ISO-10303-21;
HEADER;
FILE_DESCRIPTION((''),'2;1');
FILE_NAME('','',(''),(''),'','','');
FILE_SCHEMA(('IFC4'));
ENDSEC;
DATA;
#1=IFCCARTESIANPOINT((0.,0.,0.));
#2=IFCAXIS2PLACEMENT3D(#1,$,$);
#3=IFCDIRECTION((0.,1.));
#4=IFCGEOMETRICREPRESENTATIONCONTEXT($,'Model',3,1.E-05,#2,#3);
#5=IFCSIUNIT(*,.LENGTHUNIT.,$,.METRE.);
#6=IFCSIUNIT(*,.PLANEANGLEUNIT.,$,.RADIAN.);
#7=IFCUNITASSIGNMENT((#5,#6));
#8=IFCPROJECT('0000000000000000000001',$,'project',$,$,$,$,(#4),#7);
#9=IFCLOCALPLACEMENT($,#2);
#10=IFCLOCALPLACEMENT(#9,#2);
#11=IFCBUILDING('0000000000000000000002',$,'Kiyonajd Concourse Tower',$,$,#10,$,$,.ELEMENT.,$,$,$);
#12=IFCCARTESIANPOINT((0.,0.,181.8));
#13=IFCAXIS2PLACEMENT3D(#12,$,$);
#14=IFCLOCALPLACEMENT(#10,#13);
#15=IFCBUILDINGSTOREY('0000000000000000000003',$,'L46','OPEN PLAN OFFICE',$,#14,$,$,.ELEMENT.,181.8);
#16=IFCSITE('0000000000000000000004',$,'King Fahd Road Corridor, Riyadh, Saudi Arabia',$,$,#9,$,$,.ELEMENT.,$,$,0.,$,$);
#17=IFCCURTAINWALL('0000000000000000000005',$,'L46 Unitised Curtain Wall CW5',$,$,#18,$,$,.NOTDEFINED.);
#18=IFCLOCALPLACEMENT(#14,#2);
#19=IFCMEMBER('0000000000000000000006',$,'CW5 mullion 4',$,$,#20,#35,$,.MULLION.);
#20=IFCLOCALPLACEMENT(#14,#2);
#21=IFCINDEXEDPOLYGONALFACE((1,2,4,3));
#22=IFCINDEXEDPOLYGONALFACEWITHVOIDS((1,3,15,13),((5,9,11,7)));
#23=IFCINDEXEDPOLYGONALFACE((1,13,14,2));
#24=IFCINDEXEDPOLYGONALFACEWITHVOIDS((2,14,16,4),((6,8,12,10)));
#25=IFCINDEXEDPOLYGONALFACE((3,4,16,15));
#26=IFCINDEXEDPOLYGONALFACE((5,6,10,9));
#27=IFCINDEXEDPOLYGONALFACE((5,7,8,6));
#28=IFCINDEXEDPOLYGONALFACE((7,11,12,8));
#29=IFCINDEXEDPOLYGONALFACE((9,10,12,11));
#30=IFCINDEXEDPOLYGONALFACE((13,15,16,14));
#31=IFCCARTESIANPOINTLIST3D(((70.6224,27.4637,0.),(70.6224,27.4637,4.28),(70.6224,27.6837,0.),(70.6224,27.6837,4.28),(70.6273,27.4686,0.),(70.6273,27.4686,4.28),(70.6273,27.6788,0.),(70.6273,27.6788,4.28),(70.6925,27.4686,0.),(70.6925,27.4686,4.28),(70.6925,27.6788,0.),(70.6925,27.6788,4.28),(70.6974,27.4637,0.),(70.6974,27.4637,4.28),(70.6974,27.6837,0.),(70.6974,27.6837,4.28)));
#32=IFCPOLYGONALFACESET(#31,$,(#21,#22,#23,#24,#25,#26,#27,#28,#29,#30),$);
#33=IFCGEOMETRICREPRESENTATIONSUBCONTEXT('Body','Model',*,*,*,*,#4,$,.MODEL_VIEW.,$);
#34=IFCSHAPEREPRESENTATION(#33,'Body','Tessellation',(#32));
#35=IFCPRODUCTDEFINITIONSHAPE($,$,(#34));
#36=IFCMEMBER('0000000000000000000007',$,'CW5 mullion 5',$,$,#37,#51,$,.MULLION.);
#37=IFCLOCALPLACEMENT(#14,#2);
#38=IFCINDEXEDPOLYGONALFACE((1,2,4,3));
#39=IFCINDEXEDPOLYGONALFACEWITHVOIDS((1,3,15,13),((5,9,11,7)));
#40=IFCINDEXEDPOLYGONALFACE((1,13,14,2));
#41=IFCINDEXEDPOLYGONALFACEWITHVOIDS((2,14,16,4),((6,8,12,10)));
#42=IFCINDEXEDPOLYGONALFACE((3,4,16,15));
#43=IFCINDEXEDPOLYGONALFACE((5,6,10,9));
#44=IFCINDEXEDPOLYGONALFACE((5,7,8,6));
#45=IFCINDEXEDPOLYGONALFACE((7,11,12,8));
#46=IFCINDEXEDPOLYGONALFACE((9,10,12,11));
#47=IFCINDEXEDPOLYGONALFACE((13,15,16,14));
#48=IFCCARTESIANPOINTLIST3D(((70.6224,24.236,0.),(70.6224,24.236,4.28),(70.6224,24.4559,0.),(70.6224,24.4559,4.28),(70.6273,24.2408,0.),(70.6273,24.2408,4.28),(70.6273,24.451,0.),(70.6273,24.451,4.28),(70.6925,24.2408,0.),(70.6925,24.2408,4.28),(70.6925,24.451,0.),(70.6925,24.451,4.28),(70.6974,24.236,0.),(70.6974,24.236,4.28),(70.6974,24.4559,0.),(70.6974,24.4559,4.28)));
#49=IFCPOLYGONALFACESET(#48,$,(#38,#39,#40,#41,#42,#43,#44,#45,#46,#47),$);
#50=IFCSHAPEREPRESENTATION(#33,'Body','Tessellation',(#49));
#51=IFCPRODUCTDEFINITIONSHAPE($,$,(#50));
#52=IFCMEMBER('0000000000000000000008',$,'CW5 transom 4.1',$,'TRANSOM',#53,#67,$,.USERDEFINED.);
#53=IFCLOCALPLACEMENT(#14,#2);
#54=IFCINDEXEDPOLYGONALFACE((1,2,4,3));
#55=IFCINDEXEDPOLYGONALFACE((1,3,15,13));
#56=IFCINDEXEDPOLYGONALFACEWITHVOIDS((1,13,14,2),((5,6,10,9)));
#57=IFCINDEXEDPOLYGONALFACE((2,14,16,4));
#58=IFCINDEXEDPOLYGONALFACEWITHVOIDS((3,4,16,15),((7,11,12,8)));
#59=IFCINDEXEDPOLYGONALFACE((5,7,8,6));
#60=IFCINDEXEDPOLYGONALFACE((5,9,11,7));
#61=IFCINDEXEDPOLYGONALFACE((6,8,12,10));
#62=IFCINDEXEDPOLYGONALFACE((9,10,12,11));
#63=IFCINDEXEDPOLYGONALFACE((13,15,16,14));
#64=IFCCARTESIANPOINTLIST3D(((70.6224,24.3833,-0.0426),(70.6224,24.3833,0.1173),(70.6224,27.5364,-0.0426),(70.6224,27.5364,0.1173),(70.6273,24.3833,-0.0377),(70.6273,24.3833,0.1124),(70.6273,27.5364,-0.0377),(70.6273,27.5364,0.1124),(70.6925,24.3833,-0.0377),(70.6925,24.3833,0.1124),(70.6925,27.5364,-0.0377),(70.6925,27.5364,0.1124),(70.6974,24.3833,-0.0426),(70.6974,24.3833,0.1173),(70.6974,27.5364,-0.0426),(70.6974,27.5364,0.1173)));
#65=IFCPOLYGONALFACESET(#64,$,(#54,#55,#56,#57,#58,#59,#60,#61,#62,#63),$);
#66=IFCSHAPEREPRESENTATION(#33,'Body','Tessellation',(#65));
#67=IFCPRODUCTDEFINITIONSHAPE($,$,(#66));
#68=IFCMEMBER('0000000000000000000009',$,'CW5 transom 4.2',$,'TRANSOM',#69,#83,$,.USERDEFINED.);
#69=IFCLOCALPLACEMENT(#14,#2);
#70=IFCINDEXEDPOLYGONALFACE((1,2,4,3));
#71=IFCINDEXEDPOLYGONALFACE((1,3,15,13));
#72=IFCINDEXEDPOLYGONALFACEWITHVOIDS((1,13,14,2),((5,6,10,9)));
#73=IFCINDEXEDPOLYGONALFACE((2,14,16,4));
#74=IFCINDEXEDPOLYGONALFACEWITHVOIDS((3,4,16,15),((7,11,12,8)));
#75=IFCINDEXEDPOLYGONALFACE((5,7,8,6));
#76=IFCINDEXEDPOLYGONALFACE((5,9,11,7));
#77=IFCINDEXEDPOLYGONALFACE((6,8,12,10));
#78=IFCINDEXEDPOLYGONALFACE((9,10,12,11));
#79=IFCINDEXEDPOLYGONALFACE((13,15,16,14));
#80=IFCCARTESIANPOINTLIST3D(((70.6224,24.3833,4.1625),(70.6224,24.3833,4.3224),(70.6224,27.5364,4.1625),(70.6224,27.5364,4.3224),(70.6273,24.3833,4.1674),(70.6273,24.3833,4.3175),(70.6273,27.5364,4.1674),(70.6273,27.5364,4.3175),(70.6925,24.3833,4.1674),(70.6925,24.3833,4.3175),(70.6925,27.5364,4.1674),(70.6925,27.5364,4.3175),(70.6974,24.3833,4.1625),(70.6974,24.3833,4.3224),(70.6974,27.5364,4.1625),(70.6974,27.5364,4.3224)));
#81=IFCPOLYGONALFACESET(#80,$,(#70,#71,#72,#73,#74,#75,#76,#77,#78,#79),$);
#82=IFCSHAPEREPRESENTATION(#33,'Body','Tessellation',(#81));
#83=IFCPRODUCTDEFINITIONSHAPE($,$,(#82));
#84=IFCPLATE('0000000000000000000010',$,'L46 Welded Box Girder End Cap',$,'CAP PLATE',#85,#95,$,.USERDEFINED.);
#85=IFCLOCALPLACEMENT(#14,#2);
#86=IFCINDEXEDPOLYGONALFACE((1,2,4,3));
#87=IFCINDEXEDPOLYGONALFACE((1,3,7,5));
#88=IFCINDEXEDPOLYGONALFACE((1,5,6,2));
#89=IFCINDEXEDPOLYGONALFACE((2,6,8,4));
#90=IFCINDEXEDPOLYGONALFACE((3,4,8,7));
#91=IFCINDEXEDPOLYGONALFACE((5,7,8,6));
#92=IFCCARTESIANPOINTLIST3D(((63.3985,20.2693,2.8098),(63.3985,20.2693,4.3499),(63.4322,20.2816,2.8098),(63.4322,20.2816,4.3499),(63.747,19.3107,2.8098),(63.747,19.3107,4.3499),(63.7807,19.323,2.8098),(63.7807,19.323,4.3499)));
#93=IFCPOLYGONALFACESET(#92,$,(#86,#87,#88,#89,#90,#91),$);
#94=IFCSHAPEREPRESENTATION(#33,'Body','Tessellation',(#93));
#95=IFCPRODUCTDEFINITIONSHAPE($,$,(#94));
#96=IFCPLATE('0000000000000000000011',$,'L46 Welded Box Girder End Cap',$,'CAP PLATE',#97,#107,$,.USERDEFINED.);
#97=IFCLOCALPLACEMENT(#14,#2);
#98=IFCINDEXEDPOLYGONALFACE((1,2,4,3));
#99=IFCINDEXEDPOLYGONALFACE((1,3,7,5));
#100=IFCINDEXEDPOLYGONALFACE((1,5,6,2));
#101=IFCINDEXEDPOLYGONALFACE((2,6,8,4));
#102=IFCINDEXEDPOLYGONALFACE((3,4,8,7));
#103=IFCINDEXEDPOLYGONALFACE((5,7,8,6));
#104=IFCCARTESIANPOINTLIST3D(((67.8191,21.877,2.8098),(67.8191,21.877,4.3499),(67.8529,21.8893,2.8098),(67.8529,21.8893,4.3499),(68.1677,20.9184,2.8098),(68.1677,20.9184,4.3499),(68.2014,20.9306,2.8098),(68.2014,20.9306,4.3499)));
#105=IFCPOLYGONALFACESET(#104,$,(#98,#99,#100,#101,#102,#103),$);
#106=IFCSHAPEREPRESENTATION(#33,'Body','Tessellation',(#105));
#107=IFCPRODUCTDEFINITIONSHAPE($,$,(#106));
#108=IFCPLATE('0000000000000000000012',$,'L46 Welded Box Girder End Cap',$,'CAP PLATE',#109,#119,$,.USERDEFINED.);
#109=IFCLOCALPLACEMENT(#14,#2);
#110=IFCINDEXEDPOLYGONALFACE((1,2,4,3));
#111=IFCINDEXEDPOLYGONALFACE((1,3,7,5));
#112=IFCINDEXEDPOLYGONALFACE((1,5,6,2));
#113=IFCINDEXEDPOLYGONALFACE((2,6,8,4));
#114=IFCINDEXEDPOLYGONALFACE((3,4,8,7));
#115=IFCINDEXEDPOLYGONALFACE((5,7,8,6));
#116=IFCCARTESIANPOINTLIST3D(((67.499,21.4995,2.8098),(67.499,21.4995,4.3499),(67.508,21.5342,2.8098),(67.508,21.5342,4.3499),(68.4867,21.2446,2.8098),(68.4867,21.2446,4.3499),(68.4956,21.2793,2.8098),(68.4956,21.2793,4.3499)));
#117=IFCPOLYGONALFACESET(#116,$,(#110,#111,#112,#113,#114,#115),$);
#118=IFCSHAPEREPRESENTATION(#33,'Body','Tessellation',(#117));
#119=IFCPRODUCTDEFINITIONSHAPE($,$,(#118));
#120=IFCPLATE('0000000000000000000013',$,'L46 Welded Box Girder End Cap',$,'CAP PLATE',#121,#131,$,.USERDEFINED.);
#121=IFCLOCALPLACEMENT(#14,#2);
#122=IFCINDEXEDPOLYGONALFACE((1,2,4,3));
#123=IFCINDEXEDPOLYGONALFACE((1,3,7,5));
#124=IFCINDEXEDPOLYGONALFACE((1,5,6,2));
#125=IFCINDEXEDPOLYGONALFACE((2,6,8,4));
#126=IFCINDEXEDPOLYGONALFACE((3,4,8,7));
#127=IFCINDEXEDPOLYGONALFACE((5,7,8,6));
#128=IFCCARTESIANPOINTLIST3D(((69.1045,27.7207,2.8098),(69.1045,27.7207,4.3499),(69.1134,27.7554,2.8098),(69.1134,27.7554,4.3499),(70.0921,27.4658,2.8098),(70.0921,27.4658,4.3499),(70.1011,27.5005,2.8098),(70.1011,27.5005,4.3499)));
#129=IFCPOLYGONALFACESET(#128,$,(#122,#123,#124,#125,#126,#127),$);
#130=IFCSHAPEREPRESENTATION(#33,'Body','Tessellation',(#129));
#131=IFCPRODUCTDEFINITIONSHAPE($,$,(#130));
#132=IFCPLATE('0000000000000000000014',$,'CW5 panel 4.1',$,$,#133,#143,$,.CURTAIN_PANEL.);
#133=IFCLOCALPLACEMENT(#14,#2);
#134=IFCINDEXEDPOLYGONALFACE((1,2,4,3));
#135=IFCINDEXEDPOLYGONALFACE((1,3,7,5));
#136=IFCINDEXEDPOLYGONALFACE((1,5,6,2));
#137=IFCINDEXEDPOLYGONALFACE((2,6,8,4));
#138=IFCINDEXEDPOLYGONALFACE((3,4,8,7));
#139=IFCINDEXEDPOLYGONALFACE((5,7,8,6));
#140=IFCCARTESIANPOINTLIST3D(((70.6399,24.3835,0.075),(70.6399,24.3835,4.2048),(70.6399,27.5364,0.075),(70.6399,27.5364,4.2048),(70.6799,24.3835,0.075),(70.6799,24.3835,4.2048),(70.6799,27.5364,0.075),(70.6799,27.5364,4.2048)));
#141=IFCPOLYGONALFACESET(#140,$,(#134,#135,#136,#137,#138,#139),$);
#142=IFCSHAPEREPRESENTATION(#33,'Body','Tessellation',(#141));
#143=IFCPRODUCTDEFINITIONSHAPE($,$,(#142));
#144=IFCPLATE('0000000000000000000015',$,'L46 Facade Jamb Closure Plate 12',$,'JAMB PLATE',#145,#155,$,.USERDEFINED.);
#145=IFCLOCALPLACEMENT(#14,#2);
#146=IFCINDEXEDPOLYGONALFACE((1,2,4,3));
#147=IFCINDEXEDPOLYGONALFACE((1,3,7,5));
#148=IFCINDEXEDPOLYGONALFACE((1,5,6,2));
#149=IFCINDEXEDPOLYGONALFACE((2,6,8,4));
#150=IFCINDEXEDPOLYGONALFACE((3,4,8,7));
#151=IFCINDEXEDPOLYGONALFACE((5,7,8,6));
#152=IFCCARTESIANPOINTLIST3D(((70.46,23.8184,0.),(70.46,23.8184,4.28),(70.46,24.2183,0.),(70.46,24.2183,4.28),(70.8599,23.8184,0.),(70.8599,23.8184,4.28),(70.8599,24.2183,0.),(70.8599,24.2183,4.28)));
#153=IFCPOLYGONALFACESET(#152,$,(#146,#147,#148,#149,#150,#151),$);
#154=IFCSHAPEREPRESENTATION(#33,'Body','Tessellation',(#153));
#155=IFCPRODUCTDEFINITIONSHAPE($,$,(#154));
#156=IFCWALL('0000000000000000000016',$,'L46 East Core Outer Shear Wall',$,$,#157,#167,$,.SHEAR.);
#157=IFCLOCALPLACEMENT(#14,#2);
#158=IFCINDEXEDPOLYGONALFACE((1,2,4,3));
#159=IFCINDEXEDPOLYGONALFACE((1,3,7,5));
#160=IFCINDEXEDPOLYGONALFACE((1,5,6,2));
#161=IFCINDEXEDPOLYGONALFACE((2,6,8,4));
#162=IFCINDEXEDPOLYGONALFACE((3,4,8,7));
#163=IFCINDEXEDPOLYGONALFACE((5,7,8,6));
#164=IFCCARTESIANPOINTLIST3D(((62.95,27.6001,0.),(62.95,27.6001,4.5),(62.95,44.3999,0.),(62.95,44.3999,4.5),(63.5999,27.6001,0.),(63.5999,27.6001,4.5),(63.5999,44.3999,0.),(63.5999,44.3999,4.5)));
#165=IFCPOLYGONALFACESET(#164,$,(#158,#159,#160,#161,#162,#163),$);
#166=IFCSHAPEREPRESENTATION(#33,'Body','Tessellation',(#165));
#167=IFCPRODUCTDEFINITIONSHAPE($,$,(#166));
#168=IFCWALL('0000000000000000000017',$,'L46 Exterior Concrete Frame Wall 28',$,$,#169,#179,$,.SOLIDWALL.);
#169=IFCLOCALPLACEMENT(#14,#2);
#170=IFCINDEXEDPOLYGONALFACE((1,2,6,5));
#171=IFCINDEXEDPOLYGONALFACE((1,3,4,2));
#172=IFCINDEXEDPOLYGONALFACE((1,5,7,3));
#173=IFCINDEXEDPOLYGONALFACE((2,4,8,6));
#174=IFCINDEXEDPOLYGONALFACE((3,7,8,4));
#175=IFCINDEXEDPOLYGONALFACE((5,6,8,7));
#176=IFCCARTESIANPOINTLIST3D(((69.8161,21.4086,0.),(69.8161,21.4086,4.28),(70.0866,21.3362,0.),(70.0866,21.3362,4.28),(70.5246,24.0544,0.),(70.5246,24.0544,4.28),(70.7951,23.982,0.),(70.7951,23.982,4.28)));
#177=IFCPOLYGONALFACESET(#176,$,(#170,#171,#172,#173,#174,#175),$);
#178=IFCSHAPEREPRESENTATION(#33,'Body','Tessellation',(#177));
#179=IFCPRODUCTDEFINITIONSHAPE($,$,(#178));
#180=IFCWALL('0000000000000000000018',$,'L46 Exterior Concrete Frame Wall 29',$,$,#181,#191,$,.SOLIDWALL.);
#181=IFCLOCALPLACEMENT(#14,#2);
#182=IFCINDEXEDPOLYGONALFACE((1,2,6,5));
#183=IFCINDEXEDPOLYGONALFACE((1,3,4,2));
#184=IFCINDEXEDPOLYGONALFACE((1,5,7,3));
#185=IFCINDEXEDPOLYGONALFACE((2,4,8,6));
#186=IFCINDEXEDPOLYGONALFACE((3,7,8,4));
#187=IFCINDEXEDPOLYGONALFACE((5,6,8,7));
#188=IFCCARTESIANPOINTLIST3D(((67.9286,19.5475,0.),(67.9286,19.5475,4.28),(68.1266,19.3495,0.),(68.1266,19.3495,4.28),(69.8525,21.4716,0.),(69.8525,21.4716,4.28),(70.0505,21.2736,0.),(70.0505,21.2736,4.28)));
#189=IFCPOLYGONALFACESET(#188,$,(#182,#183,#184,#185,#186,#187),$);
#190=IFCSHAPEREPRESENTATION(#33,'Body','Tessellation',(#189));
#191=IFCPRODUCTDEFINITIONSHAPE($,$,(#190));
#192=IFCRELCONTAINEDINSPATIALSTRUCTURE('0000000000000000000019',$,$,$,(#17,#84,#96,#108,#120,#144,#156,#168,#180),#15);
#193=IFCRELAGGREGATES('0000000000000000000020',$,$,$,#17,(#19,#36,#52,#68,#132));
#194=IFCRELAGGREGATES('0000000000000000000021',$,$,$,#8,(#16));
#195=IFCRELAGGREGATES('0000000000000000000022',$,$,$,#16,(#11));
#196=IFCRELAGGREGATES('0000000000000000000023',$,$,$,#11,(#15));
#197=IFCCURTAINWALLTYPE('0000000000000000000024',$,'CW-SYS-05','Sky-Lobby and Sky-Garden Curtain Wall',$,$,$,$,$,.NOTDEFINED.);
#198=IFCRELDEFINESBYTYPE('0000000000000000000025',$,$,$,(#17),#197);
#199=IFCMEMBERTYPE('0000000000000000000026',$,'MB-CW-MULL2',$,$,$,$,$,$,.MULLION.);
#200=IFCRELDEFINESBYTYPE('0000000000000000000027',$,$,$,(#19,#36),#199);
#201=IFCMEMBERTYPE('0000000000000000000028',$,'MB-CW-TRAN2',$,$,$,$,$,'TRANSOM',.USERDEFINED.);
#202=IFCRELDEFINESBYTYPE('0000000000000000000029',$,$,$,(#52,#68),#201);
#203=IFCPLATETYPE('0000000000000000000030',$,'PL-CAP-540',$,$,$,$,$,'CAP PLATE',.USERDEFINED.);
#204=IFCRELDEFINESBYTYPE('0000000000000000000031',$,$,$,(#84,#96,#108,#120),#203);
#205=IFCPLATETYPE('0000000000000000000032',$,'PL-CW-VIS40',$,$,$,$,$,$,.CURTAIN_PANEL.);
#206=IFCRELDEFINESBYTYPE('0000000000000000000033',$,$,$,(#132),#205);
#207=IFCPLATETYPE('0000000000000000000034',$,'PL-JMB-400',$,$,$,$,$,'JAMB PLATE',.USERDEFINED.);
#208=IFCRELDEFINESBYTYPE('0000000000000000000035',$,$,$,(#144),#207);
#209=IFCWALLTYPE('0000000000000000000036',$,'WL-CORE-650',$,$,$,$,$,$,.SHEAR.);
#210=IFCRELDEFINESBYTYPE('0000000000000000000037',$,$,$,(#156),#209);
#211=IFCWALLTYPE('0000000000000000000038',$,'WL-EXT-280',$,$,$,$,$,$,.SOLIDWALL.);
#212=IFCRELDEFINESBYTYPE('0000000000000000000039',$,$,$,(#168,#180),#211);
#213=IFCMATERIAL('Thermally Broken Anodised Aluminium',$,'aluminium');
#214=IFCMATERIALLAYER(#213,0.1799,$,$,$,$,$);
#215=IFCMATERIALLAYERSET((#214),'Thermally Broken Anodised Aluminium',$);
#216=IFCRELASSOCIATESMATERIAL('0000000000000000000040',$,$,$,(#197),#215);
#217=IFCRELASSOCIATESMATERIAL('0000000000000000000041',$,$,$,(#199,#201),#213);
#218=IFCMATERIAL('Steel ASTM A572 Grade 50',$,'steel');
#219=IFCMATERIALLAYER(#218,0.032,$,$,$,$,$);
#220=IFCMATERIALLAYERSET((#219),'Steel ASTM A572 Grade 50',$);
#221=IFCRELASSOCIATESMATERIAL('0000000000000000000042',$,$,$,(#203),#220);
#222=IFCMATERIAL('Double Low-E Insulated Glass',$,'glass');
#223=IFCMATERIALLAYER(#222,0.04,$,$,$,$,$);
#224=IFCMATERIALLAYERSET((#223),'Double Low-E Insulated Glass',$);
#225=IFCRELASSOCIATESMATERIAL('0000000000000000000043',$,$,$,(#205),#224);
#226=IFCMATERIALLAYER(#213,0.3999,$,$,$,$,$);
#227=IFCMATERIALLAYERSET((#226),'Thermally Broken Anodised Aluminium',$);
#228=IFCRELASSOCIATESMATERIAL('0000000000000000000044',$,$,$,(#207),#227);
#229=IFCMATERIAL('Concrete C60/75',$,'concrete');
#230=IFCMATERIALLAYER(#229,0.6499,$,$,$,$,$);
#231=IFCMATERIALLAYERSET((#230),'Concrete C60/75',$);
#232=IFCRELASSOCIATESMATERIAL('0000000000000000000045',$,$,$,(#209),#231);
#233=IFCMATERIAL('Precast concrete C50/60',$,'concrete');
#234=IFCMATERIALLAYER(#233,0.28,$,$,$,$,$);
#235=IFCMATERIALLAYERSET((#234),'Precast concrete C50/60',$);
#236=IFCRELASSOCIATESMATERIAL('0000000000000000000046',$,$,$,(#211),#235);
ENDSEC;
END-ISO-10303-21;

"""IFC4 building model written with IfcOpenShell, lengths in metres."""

from ifc_helpers import new_model, si_unit, direction, frame, frame_2d, origin, origin_2d, place, context, subcontext, project, spatial, rectangle, hollow_rectangle, extrude, material, layer, layer_set, material_profile, profile_set, type_object, element, aggregate, save


model = new_model("IFC4")

# Units and contexts
model_context = context("Model", 3, precision=1e-05, world=origin(), true_north=direction((0.0, 1.0)))
body_context = subcontext(model_context, "Body", "Model", "MODEL_VIEW")
ifc_project = project(units=[si_unit("LENGTHUNIT", "METRE"), si_unit("PLANEANGLEUNIT", "RADIAN")], contexts=[model_context])

# Site, building, storey
site_placement = place(None, origin())
site = spatial("IfcSite", under=ifc_project, at=site_placement, Name="King Fahd Road Corridor, Riyadh, Saudi Arabia", CompositionType="ELEMENT", RefElevation=0.0)
building_placement = place(site_placement, origin())
building = spatial("IfcBuilding", under=site, at=building_placement, Name="Kiyonajd Concourse Tower", CompositionType="ELEMENT")
storey_placement = place(building_placement, frame((0.0, 0.0, 181.8)))
storey = spatial("IfcBuildingStorey", under=building, at=storey_placement, Name="L46", Description="OPEN PLAN OFFICE", CompositionType="ELEMENT", Elevation=181.8)

# Shared definitions
ifc_material_1 = material(Name="Concrete C60/75", Category="concrete")

# Shared definitions
ifc_material_2 = material(Name="Steel ASTM A572 Grade 50", Category="steel")

# Curtain wall, members
ifc_material_3 = material(Name="Thermally Broken Anodised Aluminium", Category="aluminium")
ifc_layer_1 = layer(ifc_material_3, 0.1799)
ifc_layer_set_1 = layer_set([ifc_layer_1], Name="Thermally Broken Anodised Aluminium")
curtain_wall_type = type_object("IfcCurtainWallType", Name="CW-SYS-05", Description="Sky-Lobby and Sky-Garden Curtain Wall", PredefinedType="NOTDEFINED", material=ifc_layer_set_1)
curtain_wall_placement = place(storey_placement, origin())
curtain_wall = element("IfcCurtainWall", 1, at=curtain_wall_placement, inside=storey, type_object=curtain_wall_type, Name="L46 Unitised Curtain Wall CW5", PredefinedType="NOTDEFINED")
ifc_material_profile_1 = material_profile(ifc_material_3, hollow_rectangle(XDim=0.075, YDim=0.22, WallThickness=0.0049, at=origin_2d()), Name="MULL-75x220")
ifc_profile_set_1 = profile_set([ifc_material_profile_1], Name="Thermally Broken Anodised Aluminium")
member_type_1 = type_object("IfcMemberType", Name="MB-CW-MULL2", PredefinedType="MULLION", material=ifc_profile_set_1)
member_1_placement = place(storey_placement, frame((70.6599, 27.5737, 0.0), z_axis=(0.0, 0.0, 1.0), x_axis=(1.0, 0.0, 0.0)))
member_1 = element("IfcMember", 2, at=member_1_placement, type_object=member_type_1, Name="CW5 mullion 4", PredefinedType="MULLION", context=body_context, shape_type="SweptSolid", body=[
    extrude(hollow_rectangle(XDim=0.075, YDim=0.22, WallThickness=0.0049, at=origin_2d()), origin(), (0.0, 0.0, 1.0), 4.28),
])
member_2_placement = place(storey_placement, frame((70.6599, 24.3459, 0.0), z_axis=(0.0, 0.0, 1.0), x_axis=(1.0, 0.0, 0.0)))
member_2 = element("IfcMember", 3, at=member_2_placement, type_object=member_type_1, Name="CW5 mullion 5", PredefinedType="MULLION", context=body_context, shape_type="SweptSolid", body=[
    extrude(hollow_rectangle(XDim=0.075, YDim=0.22, WallThickness=0.0049, at=origin_2d()), origin(), (0.0, 0.0, 1.0), 4.28),
])
ifc_material_profile_2 = material_profile(ifc_material_3, hollow_rectangle(XDim=0.075, YDim=0.1599, WallThickness=0.0049, at=origin_2d()), Name="TRAN-75x160")
ifc_profile_set_2 = profile_set([ifc_material_profile_2], Name="Thermally Broken Anodised Aluminium")
member_type_2 = type_object("IfcMemberType", Name="MB-CW-TRAN2", ElementType="TRANSOM", PredefinedType="USERDEFINED", material=ifc_profile_set_2)
member_3_placement = place(storey_placement, frame((70.6599, 27.5364, 0.0374), z_axis=(0.0, -1.0, 0.0), x_axis=(1.0, 0.0, 0.0)))
member_3 = element("IfcMember", 4, at=member_3_placement, type_object=member_type_2, Name="CW5 transom 4.1", ObjectType="TRANSOM", PredefinedType="USERDEFINED", context=body_context, shape_type="SweptSolid", body=[
    extrude(hollow_rectangle(XDim=0.075, YDim=0.1599, WallThickness=0.0049, at=origin_2d()), origin(), (0.0, 0.0, 1.0), 3.1531),
])
member_4_placement = place(storey_placement, frame((70.6599, 27.5364, 4.2424), z_axis=(0.0, -1.0, 0.0), x_axis=(1.0, 0.0, 0.0)))
member_4 = element("IfcMember", 5, at=member_4_placement, type_object=member_type_2, Name="CW5 transom 4.2", ObjectType="TRANSOM", PredefinedType="USERDEFINED", context=body_context, shape_type="SweptSolid", body=[
    extrude(hollow_rectangle(XDim=0.075, YDim=0.1599, WallThickness=0.0049, at=origin_2d()), origin(), (0.0, 0.0, 1.0), 3.1531),
])

# Plates
ifc_layer_2 = layer(ifc_material_2, 0.032)
ifc_layer_set_2 = layer_set([ifc_layer_2], Name="Steel ASTM A572 Grade 50")
plate_type_1 = type_object("IfcPlateType", Name="PL-CAP-540", ElementType="CAP PLATE", PredefinedType="USERDEFINED", material=ifc_layer_set_2)
for number, where, z_axis, x_axis, name in (
    (6, (63.5896, 19.7961, 2.8098), (0.0, 0.0, 1.0), (-0.939812, -0.341692, 0.0), "L46 Welded Box Girder End Cap"),
    (7, (68.0103, 21.4038, 2.8098), (0.0, 0.0, 1.0), (0.939812, 0.341692, 0.0), "L46 Welded Box Girder End Cap"),
    (8, (67.9973, 21.3894, 2.8098), (0.0, 0.0, 1.0), (-0.249873, -0.968279, 0.0), "L46 Welded Box Girder End Cap"),
    (9, (69.6028, 27.6106, 2.8098), (0.0, 0.0, 1.0), (0.249873, 0.968279, 0.0), "L46 Welded Box Girder End Cap"),
):
    element("IfcPlate", number, at=place(storey_placement, frame(where, z_axis=z_axis, x_axis=x_axis)), inside=storey, type_object=plate_type_1, Name=name, ObjectType="CAP PLATE", PredefinedType="USERDEFINED", context=body_context, shape_type="SweptSolid", body=[
        extrude(rectangle(XDim=0.0359, YDim=1.02, at=origin_2d()), origin(), (0.0, 0.0, 1.0), 1.54),
    ])

# Plates
ifc_material_4 = material(Name="Double Low-E Insulated Glass", Category="glass")
ifc_layer_3 = layer(ifc_material_4, 0.04)
ifc_layer_set_3 = layer_set([ifc_layer_3], Name="Double Low-E Insulated Glass")
plate_type_2 = type_object("IfcPlateType", Name="PL-CW-VIS40", PredefinedType="CURTAIN_PANEL", material=ifc_layer_set_3)
plate_1_placement = place(storey_placement, frame((70.6599, 25.96, 0.075), z_axis=(0.0, 0.0, 1.0), x_axis=(0.0, -1.0, 0.0)))
plate_1 = element("IfcPlate", 10, at=plate_1_placement, type_object=plate_type_2, Name="CW5 panel 4.1", PredefinedType="CURTAIN_PANEL", context=body_context, shape_type="SweptSolid", body=[
    extrude(rectangle(XDim=3.1528, YDim=0.04, at=origin_2d()), origin(), (0.0, 0.0, 1.0), 4.1299),
])
aggregate(curtain_wall, [member_1, member_2, member_3, member_4, plate_1])
ifc_layer_4 = layer(ifc_material_3, 0.3999)
ifc_layer_set_4 = layer_set([ifc_layer_4], Name="Thermally Broken Anodised Aluminium")
plate_type_3 = type_object("IfcPlateType", Name="PL-JMB-400", ElementType="JAMB PLATE", PredefinedType="USERDEFINED", material=ifc_layer_set_4)
plate_2_placement = place(storey_placement, frame((70.6599, 24.0183, 0.0), z_axis=(0.0, 0.0, 1.0), x_axis=(1.0, 0.0, 0.0)))
element("IfcPlate", 11, at=plate_2_placement, inside=storey, type_object=plate_type_3, Name="L46 Facade Jamb Closure Plate 12", ObjectType="JAMB PLATE", PredefinedType="USERDEFINED", context=body_context, shape_type="SweptSolid", body=[
    extrude(rectangle(XDim=0.3999, YDim=0.3999, at=origin_2d()), origin(), (0.0, 0.0, 1.0), 4.28),
])

# Walls
ifc_layer_5 = layer(ifc_material_1, 0.6499)
ifc_layer_set_5 = layer_set([ifc_layer_5], Name="Concrete C60/75")
wall_type_1 = type_object("IfcWallType", Name="WL-CORE-650", PredefinedType="SHEAR", material=ifc_layer_set_5)
wall_1_placement = place(storey_placement, frame((63.2749, 27.6001, 0.0), z_axis=(0.0, 0.0, 1.0), x_axis=(0.0, 1.0, 0.0)))
element("IfcWall", 12, at=wall_1_placement, inside=storey, type_object=wall_type_1, Name="L46 East Core Outer Shear Wall", PredefinedType="SHEAR", context=body_context, shape_type="SweptSolid", body=[
    extrude(rectangle(XDim=16.7998, YDim=0.6499, at=frame_2d((8.3999, 0.0))), origin(), (0.0, 0.0, 1.0), 4.5),
])
ifc_material_5 = material(Name="Precast concrete C50/60", Category="concrete")
ifc_layer_6 = layer(ifc_material_5, 0.28)
ifc_layer_set_6 = layer_set([ifc_layer_6], Name="Precast concrete C50/60")
wall_type_2 = type_object("IfcWallType", Name="WL-EXT-280", PredefinedType="SOLIDWALL", material=ifc_layer_set_6)
wall_2_placement = place(storey_placement, frame((70.6599, 24.0183, 0.0), z_axis=(0.0, 0.0, 1.0), x_axis=(-0.258672, -0.965965, 0.0)))
element("IfcWall", 13, at=wall_2_placement, inside=storey, type_object=wall_type_2, Name="L46 Exterior Concrete Frame Wall 28", PredefinedType="SOLIDWALL", context=body_context, shape_type="SweptSolid", body=[
    extrude(rectangle(XDim=2.739, YDim=0.28, at=frame_2d((1.3696, 0.0))), origin(), (0.0, 0.0, 1.0), 4.28),
])
wall_3_placement = place(storey_placement, frame((69.9514, 21.3726, 0.0), z_axis=(0.0, 0.0, 1.0), x_axis=(-0.707062, -0.707152, 0.0)))
element("IfcWall", 14, at=wall_3_placement, inside=storey, type_object=wall_type_2, Name="L46 Exterior Concrete Frame Wall 29", PredefinedType="SOLIDWALL", context=body_context, shape_type="SweptSolid", body=[
    extrude(rectangle(XDim=2.7209, YDim=0.28, at=frame_2d((1.3604, 0.0))), origin(), (0.0, 0.0, 1.0), 4.28),
])

save(model, "model.ifc")
